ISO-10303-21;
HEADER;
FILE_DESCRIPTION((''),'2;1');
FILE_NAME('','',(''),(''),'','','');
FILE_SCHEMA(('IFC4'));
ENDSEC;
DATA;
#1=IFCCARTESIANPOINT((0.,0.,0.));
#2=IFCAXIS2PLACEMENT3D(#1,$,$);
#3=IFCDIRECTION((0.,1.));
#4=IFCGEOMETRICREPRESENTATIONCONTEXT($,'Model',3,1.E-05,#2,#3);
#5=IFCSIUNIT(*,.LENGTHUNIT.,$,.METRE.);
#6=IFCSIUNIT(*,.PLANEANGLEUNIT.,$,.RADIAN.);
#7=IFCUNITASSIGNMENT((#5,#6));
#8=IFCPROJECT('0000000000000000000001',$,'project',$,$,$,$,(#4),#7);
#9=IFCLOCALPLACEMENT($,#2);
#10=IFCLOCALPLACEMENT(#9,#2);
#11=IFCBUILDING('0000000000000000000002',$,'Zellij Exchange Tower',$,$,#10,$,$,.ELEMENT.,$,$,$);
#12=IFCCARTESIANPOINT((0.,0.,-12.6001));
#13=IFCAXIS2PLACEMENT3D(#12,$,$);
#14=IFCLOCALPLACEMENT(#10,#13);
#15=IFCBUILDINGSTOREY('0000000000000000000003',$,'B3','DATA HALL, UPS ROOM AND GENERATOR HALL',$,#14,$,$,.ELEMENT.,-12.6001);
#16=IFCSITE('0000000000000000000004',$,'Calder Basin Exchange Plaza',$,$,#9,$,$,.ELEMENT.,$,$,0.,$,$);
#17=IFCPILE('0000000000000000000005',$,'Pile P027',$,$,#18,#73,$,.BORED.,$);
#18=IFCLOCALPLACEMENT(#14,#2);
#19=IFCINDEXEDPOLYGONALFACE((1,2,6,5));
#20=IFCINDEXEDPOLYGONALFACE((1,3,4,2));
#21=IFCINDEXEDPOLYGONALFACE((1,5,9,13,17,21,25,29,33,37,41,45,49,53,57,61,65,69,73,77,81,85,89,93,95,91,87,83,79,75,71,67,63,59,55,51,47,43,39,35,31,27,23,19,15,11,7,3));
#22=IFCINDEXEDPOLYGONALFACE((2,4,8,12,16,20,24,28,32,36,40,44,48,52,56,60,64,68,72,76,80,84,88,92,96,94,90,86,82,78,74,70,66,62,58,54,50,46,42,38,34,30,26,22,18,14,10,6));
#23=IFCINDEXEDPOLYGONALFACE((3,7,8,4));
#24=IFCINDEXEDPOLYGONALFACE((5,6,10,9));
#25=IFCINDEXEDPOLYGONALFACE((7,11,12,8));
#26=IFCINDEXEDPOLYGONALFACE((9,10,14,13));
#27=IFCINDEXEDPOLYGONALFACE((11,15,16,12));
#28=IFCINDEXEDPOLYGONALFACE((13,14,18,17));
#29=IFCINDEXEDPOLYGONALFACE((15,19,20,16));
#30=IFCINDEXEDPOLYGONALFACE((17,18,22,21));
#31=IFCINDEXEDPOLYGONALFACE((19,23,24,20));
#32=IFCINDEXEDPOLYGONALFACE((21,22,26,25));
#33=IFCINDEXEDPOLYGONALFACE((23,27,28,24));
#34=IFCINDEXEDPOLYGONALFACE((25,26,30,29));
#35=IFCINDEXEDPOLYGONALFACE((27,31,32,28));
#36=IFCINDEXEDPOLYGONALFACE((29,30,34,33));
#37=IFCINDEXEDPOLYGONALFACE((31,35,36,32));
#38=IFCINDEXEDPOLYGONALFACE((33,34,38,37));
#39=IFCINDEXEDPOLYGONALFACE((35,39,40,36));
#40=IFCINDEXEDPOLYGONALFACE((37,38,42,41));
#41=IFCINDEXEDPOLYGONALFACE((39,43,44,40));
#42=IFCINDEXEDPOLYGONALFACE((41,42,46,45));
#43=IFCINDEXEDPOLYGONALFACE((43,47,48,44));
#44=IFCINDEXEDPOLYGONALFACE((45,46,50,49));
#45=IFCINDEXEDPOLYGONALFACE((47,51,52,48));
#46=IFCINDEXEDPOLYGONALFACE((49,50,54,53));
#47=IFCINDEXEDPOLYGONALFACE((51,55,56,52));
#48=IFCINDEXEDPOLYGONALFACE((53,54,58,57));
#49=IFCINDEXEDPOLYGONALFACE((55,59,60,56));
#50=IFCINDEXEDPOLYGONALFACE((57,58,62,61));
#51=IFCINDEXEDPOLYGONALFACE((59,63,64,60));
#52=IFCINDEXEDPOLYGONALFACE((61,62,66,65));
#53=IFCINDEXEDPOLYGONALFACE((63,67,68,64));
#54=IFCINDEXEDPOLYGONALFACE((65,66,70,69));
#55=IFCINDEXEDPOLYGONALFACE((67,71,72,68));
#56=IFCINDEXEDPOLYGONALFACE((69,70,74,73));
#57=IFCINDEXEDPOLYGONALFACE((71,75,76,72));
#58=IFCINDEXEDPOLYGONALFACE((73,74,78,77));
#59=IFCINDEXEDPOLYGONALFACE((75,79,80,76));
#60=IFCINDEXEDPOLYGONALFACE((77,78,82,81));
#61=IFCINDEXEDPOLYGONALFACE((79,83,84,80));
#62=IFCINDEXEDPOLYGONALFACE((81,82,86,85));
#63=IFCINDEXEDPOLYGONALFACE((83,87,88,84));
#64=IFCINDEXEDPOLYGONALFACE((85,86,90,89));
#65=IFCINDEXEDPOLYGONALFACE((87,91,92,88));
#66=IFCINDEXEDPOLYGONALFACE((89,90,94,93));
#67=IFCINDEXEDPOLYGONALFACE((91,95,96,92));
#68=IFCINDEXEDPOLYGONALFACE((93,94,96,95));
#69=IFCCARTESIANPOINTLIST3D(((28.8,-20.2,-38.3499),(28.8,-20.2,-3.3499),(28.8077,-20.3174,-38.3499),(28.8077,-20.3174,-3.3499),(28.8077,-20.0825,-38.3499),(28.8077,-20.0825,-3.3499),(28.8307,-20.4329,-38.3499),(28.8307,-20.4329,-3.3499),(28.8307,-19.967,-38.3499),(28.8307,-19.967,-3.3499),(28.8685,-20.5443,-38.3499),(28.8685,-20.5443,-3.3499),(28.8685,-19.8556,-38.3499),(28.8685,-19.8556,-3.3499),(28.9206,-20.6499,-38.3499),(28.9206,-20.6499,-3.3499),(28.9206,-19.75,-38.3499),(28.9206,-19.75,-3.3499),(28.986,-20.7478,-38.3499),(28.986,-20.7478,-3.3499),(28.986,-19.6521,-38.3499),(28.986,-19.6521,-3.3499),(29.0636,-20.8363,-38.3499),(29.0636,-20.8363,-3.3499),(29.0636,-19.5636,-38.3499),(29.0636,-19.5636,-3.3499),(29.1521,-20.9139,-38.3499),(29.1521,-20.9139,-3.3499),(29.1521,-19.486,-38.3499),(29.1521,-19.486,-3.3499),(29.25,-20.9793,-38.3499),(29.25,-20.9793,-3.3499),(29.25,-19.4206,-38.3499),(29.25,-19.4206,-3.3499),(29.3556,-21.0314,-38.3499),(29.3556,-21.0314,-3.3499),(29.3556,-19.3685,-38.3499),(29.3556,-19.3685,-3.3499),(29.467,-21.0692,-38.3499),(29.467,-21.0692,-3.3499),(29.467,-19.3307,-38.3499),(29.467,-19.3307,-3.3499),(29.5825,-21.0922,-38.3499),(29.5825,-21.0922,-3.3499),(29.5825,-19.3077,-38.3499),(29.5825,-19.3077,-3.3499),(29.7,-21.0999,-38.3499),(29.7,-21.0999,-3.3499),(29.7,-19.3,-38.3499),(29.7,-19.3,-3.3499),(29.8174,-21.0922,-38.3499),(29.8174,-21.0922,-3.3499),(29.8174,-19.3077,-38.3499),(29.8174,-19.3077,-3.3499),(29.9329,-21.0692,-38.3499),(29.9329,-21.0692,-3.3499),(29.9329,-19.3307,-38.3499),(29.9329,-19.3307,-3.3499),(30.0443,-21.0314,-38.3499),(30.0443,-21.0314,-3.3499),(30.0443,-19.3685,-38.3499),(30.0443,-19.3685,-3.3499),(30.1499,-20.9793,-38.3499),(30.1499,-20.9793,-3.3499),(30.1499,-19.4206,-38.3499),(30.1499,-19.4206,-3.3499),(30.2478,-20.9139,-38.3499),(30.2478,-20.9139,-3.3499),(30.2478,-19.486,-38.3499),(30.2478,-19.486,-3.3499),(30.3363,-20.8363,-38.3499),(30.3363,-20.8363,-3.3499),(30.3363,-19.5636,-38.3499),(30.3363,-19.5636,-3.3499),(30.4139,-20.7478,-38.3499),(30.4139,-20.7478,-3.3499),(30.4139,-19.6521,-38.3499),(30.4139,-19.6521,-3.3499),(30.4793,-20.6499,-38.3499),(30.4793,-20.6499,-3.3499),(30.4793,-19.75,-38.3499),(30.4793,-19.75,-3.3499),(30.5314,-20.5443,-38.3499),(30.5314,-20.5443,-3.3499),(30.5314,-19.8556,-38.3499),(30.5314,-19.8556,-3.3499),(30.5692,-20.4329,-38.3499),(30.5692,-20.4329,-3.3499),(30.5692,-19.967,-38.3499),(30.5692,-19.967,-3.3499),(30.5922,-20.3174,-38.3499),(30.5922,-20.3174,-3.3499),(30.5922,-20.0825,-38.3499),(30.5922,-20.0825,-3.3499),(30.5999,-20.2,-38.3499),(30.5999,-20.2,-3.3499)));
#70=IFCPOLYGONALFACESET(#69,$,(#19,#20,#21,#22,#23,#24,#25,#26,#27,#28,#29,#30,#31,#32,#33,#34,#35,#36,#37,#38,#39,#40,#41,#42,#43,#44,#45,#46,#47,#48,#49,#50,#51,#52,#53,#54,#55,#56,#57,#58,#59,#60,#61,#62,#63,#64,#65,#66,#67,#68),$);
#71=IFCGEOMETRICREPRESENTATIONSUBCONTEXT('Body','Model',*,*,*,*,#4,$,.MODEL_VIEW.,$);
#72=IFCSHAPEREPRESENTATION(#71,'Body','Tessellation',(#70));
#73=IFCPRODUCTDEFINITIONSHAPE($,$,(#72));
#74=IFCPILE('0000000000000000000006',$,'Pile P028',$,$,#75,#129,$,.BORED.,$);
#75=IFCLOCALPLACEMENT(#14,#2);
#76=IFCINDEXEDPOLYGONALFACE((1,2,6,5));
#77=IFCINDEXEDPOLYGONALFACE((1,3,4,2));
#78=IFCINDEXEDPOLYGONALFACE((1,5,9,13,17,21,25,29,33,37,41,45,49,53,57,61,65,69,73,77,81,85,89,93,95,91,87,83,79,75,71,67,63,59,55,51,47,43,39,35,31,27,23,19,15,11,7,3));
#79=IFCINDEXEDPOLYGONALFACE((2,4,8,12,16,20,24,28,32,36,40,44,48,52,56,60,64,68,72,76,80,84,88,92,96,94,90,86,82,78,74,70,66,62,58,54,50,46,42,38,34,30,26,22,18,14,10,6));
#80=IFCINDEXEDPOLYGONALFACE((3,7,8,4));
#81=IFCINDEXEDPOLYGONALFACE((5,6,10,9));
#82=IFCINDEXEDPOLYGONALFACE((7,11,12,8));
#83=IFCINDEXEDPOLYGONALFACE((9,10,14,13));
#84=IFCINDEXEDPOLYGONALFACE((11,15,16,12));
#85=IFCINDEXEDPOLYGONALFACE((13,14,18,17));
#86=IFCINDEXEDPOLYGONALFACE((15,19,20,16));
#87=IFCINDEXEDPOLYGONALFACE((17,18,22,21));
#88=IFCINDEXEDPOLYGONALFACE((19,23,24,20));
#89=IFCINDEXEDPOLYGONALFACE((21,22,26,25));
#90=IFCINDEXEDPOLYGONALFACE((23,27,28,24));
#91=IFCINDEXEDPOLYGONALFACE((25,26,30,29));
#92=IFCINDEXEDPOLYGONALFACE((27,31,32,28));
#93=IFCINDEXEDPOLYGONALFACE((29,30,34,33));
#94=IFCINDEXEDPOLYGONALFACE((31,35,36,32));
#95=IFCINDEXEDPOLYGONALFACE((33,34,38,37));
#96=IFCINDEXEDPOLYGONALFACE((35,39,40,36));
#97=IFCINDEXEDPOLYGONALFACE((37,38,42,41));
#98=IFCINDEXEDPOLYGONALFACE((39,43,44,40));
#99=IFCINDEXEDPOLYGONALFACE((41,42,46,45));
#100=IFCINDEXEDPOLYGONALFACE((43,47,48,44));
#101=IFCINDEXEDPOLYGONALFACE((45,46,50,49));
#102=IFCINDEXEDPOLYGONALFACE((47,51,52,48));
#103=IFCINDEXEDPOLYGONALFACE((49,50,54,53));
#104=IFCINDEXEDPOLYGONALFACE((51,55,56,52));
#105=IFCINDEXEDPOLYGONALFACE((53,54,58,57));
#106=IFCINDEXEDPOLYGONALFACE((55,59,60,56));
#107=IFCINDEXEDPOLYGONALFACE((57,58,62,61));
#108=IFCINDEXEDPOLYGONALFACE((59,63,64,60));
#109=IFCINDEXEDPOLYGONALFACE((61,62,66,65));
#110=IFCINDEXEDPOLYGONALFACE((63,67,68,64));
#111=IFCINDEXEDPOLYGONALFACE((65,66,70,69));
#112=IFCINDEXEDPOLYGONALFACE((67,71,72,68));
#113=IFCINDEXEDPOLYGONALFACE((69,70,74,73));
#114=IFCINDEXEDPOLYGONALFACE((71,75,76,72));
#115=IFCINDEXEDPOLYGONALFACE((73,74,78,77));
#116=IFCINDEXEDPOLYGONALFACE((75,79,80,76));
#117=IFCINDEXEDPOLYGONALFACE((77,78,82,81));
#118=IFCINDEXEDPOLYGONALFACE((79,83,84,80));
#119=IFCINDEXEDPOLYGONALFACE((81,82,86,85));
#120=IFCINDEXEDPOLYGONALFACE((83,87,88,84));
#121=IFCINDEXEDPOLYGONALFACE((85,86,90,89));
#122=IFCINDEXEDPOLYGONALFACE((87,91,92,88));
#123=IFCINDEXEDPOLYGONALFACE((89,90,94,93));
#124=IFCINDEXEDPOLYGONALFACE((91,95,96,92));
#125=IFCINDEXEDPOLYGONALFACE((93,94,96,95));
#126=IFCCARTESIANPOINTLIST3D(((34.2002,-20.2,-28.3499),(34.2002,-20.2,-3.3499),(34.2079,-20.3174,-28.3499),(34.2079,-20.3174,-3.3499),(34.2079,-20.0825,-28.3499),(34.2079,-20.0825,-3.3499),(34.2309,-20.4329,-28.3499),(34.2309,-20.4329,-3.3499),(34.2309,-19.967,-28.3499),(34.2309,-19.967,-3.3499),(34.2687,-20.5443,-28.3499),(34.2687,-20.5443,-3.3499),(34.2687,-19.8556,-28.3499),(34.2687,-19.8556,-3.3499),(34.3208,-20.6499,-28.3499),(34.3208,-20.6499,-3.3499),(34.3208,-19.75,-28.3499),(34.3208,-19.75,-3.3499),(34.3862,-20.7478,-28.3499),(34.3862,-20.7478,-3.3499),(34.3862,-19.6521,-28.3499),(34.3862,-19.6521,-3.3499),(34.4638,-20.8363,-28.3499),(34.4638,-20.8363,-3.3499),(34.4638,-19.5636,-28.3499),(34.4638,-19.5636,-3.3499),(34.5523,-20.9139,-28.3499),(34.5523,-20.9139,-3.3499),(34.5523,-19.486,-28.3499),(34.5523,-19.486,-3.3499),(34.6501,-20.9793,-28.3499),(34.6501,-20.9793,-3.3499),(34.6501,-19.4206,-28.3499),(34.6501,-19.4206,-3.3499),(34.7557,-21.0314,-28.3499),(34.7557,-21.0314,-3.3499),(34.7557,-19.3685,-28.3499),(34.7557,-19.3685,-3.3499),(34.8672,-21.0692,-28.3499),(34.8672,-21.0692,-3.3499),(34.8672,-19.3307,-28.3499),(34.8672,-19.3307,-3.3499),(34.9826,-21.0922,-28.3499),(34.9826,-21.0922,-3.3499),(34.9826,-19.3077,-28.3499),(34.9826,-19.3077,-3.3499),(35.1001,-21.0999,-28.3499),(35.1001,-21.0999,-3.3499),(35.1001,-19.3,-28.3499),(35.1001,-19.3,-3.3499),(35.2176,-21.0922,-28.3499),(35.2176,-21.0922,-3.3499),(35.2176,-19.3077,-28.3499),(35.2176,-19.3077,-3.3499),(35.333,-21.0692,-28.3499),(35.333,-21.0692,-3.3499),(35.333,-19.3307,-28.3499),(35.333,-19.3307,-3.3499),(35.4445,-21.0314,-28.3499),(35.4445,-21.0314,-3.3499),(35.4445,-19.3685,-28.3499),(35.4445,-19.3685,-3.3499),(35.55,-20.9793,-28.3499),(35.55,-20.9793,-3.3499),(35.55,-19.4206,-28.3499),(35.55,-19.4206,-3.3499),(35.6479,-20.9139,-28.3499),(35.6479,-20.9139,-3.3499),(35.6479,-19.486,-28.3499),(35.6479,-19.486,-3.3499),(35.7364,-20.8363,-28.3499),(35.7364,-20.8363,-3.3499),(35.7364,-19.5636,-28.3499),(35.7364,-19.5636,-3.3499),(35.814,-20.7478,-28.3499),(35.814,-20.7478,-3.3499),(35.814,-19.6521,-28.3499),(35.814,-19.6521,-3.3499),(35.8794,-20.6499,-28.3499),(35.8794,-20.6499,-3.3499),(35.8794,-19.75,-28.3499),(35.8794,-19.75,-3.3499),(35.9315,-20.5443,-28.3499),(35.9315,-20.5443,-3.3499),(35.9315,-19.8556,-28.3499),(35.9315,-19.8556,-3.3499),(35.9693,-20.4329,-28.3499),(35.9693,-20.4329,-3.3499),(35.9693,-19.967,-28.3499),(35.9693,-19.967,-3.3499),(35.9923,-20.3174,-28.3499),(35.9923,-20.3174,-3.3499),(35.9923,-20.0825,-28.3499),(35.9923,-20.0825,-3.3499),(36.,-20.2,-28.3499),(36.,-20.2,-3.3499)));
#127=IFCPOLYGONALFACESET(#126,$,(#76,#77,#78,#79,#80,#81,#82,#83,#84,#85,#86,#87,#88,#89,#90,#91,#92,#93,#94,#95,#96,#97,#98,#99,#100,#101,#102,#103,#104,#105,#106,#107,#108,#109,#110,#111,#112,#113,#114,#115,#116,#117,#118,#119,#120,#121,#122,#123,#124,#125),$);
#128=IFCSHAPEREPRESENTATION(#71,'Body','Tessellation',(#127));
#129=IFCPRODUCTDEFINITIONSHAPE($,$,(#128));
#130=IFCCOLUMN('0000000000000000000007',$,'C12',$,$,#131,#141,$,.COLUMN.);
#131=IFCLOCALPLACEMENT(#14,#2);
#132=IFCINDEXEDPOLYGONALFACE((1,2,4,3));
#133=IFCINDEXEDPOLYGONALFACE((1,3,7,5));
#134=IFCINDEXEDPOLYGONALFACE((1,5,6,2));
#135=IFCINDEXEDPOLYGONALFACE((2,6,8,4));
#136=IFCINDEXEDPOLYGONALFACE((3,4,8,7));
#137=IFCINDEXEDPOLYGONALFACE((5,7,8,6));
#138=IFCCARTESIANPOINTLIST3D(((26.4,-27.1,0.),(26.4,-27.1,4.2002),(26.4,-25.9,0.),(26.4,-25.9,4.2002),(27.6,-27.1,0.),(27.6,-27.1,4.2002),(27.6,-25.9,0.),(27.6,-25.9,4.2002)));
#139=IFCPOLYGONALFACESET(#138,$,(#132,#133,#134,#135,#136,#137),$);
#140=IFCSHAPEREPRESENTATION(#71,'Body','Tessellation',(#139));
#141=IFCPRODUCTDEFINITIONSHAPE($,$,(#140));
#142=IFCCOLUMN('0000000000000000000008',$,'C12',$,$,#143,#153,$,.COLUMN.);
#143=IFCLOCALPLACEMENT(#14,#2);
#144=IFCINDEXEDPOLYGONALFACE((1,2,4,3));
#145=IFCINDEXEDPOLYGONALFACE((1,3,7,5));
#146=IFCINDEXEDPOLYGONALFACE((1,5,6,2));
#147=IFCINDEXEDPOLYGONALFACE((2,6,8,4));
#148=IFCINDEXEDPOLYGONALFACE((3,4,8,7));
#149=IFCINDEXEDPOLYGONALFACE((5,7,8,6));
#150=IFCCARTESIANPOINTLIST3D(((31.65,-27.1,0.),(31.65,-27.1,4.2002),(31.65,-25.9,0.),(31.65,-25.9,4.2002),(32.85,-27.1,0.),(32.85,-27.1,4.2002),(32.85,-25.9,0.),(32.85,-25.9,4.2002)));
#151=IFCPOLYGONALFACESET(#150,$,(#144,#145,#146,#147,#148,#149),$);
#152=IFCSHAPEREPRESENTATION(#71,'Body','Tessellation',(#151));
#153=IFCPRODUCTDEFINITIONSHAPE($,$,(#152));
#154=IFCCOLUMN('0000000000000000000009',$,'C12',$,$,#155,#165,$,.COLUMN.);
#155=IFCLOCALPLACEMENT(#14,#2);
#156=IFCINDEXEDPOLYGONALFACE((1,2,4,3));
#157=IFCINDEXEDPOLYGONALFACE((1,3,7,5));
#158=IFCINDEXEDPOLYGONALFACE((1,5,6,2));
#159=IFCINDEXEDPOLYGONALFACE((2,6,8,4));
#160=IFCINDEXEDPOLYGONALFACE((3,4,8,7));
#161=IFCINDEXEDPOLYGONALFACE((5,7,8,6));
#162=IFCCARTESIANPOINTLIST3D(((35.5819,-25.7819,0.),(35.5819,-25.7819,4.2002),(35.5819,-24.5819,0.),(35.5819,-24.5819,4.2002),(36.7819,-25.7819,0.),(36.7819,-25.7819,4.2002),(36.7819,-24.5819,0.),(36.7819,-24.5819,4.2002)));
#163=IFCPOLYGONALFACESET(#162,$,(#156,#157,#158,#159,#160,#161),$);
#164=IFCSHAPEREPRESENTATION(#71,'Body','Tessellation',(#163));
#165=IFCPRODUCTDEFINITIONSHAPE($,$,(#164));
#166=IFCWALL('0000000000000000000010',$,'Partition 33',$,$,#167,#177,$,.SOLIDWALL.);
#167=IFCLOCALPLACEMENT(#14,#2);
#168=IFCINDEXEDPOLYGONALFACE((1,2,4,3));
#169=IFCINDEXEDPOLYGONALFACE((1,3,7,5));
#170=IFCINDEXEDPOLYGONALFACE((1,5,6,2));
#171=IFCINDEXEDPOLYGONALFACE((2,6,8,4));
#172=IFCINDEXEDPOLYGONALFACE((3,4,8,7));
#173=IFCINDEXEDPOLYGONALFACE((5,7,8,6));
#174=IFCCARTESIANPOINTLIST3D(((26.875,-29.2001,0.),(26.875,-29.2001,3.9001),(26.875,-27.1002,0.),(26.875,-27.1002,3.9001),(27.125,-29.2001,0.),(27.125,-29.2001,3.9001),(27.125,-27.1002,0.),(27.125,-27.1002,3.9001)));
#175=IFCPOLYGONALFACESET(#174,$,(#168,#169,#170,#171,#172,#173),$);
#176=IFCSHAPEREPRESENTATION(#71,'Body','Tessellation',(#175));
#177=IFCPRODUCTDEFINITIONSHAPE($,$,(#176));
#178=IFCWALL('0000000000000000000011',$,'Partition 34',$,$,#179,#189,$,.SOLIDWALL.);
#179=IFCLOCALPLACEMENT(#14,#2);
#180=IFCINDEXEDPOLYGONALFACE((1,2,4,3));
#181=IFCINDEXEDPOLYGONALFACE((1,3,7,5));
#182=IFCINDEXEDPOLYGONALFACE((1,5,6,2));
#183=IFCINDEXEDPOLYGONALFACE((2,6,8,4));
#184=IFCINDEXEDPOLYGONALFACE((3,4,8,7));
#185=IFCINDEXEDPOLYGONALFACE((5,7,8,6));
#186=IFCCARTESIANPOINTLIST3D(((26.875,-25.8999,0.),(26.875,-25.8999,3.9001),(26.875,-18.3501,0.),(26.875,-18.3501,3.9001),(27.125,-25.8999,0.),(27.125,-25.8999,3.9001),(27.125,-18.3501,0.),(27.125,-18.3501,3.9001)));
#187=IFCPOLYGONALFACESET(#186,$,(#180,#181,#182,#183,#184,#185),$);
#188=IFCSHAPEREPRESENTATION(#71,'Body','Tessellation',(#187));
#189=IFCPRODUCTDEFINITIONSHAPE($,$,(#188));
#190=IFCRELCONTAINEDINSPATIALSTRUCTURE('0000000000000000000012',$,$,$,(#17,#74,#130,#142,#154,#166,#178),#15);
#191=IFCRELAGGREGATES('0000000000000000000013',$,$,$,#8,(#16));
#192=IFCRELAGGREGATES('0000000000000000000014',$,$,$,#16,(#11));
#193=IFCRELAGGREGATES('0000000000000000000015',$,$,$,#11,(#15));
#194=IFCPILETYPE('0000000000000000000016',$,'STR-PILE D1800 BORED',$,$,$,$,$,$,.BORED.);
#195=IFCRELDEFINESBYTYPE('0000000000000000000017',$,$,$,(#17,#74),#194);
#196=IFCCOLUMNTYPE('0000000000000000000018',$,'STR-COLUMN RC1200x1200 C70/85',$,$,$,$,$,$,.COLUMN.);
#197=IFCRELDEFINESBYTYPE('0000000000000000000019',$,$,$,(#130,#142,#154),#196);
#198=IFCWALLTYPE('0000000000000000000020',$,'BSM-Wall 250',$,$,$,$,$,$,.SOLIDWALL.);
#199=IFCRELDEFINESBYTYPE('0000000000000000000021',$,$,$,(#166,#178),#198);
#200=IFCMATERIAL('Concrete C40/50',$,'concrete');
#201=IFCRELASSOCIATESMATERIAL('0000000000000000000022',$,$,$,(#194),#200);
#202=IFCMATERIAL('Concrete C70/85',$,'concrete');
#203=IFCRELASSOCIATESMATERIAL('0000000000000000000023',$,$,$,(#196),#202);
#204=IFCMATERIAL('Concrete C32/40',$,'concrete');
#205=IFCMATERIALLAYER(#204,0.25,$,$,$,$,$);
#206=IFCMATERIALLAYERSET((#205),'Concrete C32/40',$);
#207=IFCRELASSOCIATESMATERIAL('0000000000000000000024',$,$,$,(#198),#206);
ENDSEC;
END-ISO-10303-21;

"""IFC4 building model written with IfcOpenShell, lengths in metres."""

from ifc_helpers import new_model, si_unit, direction, frame, frame_2d, origin, origin_2d, place, context, subcontext, project, spatial, rectangle, circle, extrude, material, layer, layer_set, material_profile, profile_set, type_object, element, save


model = new_model("IFC4")

# Units and contexts
model_context = context("Model", 3, precision=1e-05, world=origin(), true_north=direction((0.0, 1.0)))
body_context = subcontext(model_context, "Body", "Model", "MODEL_VIEW")
ifc_project = project(units=[si_unit("LENGTHUNIT", "METRE"), si_unit("PLANEANGLEUNIT", "RADIAN")], contexts=[model_context])

# Site, building, storey
site_placement = place(None, origin())
site = spatial("IfcSite", under=ifc_project, at=site_placement, Name="Calder Basin Exchange Plaza", CompositionType="ELEMENT", RefElevation=0.0)
building_placement = place(site_placement, origin())
building = spatial("IfcBuilding", under=site, at=building_placement, Name="Zellij Exchange Tower", CompositionType="ELEMENT")
storey_placement = place(building_placement, frame((0.0, 0.0, -12.6001)))
storey = spatial("IfcBuildingStorey", under=building, at=storey_placement, Name="B3", Description="DATA HALL, UPS ROOM AND GENERATOR HALL", CompositionType="ELEMENT", Elevation=-12.6001)

# Piles
ifc_material_1 = material(Name="Concrete C40/50", Category="concrete")
ifc_material_profile_1 = material_profile(ifc_material_1, circle(Radius=0.8999, at=origin_2d()), Name="STR-PILE D1800 BORED")
ifc_profile_set_1 = profile_set([ifc_material_profile_1], Name="Concrete C40/50")
pile_type = type_object("IfcPileType", Name="STR-PILE D1800 BORED", PredefinedType="BORED", material=ifc_profile_set_1)
for number, where, z_axis, x_axis, name in (
    (1, (29.7, -20.2, -3.3499), (0.0, 0.0, -1.0), (1.0, 0.0, 0.0), "Pile P027"),
):
    element("IfcPile", number, at=place(storey_placement, frame(where, z_axis=z_axis, x_axis=x_axis)), inside=storey, type_object=pile_type, Name=name, PredefinedType="BORED", context=body_context, shape_type="SweptSolid", body=[
        extrude(circle(Radius=0.8999, at=origin_2d()), origin(), (0.0, 0.0, 1.0), 35.0),
    ])
pile_placement = place(storey_placement, frame((35.1001, -20.2, -3.3499), z_axis=(0.0, 0.0, -1.0), x_axis=(1.0, 0.0, 0.0)))
element("IfcPile", 2, at=pile_placement, inside=storey, type_object=pile_type, Name="Pile P028", PredefinedType="BORED", context=body_context, shape_type="SweptSolid", body=[
    extrude(circle(Radius=0.8999, at=origin_2d()), origin(), (0.0, 0.0, 1.0), 25.0),
])

# Columns
ifc_material_2 = material(Name="Concrete C70/85", Category="concrete")
ifc_material_profile_2 = material_profile(ifc_material_2, rectangle(XDim=1.2, YDim=1.2, at=origin_2d()), Name="STR-COLUMN RC1200x1200 C70/85")
ifc_profile_set_2 = profile_set([ifc_material_profile_2], Name="Concrete C70/85")
column_type = type_object("IfcColumnType", Name="STR-COLUMN RC1200x1200 C70/85", PredefinedType="COLUMN", material=ifc_profile_set_2)
for number, where, z_axis, x_axis, name in (
    (3, (27.0, -26.5, 0.0), (0.0, 0.0, 1.0), (1.0, 0.0, 0.0), "C12"),
    (4, (32.25, -26.5, 0.0), (0.0, 0.0, 1.0), (1.0, 0.0, 0.0), "C12"),
    (5, (36.1819, -25.1819, 0.0), (0.0, 0.0, 1.0), (1.0, 0.0, 0.0), "C12"),
):
    element("IfcColumn", number, at=place(storey_placement, frame(where, z_axis=z_axis, x_axis=x_axis)), inside=storey, type_object=column_type, Name=name, PredefinedType="COLUMN", context=body_context, shape_type="SweptSolid", body=[
        extrude(rectangle(XDim=1.2, YDim=1.2, at=origin_2d()), origin(), (0.0, 0.0, 1.0), 4.2002),
    ])

# Walls
ifc_material_3 = material(Name="Concrete C32/40", Category="concrete")
ifc_layer_1 = layer(ifc_material_3, 0.25)
ifc_layer_set_1 = layer_set([ifc_layer_1], Name="Concrete C32/40")
wall_type_1 = type_object("IfcWallType", Name="BSM-Wall 250", PredefinedType="SOLIDWALL", material=ifc_layer_set_1)
wall_1_placement = place(storey_placement, frame((27.0, -29.2, 0.0), z_axis=(0.0, 0.0, 1.0), x_axis=(0.0, 1.0, 0.0)))
element("IfcWall", 6, at=wall_1_placement, inside=storey, type_object=wall_type_1, Name="Partition 33", PredefinedType="SOLIDWALL", context=body_context, shape_type="SweptSolid", body=[
    extrude(rectangle(XDim=2.0999, YDim=0.25, at=frame_2d((1.0498, 0.0))), origin(), (0.0, 0.0, 1.0), 3.9001),
])
wall_2_placement = place(storey_placement, frame((27.0, -25.8999, 0.0), z_axis=(0.0, 0.0, 1.0), x_axis=(0.0, 1.0, 0.0)))
element("IfcWall", 7, at=wall_2_placement, inside=storey, type_object=wall_type_1, Name="Partition 34", PredefinedType="SOLIDWALL", context=body_context, shape_type="SweptSolid", body=[
    extrude(rectangle(XDim=7.5498, YDim=0.25, at=frame_2d((3.7749, 0.0))), origin(), (0.0, 0.0, 1.0), 3.9001),
])

save(model, "model.ifc")
